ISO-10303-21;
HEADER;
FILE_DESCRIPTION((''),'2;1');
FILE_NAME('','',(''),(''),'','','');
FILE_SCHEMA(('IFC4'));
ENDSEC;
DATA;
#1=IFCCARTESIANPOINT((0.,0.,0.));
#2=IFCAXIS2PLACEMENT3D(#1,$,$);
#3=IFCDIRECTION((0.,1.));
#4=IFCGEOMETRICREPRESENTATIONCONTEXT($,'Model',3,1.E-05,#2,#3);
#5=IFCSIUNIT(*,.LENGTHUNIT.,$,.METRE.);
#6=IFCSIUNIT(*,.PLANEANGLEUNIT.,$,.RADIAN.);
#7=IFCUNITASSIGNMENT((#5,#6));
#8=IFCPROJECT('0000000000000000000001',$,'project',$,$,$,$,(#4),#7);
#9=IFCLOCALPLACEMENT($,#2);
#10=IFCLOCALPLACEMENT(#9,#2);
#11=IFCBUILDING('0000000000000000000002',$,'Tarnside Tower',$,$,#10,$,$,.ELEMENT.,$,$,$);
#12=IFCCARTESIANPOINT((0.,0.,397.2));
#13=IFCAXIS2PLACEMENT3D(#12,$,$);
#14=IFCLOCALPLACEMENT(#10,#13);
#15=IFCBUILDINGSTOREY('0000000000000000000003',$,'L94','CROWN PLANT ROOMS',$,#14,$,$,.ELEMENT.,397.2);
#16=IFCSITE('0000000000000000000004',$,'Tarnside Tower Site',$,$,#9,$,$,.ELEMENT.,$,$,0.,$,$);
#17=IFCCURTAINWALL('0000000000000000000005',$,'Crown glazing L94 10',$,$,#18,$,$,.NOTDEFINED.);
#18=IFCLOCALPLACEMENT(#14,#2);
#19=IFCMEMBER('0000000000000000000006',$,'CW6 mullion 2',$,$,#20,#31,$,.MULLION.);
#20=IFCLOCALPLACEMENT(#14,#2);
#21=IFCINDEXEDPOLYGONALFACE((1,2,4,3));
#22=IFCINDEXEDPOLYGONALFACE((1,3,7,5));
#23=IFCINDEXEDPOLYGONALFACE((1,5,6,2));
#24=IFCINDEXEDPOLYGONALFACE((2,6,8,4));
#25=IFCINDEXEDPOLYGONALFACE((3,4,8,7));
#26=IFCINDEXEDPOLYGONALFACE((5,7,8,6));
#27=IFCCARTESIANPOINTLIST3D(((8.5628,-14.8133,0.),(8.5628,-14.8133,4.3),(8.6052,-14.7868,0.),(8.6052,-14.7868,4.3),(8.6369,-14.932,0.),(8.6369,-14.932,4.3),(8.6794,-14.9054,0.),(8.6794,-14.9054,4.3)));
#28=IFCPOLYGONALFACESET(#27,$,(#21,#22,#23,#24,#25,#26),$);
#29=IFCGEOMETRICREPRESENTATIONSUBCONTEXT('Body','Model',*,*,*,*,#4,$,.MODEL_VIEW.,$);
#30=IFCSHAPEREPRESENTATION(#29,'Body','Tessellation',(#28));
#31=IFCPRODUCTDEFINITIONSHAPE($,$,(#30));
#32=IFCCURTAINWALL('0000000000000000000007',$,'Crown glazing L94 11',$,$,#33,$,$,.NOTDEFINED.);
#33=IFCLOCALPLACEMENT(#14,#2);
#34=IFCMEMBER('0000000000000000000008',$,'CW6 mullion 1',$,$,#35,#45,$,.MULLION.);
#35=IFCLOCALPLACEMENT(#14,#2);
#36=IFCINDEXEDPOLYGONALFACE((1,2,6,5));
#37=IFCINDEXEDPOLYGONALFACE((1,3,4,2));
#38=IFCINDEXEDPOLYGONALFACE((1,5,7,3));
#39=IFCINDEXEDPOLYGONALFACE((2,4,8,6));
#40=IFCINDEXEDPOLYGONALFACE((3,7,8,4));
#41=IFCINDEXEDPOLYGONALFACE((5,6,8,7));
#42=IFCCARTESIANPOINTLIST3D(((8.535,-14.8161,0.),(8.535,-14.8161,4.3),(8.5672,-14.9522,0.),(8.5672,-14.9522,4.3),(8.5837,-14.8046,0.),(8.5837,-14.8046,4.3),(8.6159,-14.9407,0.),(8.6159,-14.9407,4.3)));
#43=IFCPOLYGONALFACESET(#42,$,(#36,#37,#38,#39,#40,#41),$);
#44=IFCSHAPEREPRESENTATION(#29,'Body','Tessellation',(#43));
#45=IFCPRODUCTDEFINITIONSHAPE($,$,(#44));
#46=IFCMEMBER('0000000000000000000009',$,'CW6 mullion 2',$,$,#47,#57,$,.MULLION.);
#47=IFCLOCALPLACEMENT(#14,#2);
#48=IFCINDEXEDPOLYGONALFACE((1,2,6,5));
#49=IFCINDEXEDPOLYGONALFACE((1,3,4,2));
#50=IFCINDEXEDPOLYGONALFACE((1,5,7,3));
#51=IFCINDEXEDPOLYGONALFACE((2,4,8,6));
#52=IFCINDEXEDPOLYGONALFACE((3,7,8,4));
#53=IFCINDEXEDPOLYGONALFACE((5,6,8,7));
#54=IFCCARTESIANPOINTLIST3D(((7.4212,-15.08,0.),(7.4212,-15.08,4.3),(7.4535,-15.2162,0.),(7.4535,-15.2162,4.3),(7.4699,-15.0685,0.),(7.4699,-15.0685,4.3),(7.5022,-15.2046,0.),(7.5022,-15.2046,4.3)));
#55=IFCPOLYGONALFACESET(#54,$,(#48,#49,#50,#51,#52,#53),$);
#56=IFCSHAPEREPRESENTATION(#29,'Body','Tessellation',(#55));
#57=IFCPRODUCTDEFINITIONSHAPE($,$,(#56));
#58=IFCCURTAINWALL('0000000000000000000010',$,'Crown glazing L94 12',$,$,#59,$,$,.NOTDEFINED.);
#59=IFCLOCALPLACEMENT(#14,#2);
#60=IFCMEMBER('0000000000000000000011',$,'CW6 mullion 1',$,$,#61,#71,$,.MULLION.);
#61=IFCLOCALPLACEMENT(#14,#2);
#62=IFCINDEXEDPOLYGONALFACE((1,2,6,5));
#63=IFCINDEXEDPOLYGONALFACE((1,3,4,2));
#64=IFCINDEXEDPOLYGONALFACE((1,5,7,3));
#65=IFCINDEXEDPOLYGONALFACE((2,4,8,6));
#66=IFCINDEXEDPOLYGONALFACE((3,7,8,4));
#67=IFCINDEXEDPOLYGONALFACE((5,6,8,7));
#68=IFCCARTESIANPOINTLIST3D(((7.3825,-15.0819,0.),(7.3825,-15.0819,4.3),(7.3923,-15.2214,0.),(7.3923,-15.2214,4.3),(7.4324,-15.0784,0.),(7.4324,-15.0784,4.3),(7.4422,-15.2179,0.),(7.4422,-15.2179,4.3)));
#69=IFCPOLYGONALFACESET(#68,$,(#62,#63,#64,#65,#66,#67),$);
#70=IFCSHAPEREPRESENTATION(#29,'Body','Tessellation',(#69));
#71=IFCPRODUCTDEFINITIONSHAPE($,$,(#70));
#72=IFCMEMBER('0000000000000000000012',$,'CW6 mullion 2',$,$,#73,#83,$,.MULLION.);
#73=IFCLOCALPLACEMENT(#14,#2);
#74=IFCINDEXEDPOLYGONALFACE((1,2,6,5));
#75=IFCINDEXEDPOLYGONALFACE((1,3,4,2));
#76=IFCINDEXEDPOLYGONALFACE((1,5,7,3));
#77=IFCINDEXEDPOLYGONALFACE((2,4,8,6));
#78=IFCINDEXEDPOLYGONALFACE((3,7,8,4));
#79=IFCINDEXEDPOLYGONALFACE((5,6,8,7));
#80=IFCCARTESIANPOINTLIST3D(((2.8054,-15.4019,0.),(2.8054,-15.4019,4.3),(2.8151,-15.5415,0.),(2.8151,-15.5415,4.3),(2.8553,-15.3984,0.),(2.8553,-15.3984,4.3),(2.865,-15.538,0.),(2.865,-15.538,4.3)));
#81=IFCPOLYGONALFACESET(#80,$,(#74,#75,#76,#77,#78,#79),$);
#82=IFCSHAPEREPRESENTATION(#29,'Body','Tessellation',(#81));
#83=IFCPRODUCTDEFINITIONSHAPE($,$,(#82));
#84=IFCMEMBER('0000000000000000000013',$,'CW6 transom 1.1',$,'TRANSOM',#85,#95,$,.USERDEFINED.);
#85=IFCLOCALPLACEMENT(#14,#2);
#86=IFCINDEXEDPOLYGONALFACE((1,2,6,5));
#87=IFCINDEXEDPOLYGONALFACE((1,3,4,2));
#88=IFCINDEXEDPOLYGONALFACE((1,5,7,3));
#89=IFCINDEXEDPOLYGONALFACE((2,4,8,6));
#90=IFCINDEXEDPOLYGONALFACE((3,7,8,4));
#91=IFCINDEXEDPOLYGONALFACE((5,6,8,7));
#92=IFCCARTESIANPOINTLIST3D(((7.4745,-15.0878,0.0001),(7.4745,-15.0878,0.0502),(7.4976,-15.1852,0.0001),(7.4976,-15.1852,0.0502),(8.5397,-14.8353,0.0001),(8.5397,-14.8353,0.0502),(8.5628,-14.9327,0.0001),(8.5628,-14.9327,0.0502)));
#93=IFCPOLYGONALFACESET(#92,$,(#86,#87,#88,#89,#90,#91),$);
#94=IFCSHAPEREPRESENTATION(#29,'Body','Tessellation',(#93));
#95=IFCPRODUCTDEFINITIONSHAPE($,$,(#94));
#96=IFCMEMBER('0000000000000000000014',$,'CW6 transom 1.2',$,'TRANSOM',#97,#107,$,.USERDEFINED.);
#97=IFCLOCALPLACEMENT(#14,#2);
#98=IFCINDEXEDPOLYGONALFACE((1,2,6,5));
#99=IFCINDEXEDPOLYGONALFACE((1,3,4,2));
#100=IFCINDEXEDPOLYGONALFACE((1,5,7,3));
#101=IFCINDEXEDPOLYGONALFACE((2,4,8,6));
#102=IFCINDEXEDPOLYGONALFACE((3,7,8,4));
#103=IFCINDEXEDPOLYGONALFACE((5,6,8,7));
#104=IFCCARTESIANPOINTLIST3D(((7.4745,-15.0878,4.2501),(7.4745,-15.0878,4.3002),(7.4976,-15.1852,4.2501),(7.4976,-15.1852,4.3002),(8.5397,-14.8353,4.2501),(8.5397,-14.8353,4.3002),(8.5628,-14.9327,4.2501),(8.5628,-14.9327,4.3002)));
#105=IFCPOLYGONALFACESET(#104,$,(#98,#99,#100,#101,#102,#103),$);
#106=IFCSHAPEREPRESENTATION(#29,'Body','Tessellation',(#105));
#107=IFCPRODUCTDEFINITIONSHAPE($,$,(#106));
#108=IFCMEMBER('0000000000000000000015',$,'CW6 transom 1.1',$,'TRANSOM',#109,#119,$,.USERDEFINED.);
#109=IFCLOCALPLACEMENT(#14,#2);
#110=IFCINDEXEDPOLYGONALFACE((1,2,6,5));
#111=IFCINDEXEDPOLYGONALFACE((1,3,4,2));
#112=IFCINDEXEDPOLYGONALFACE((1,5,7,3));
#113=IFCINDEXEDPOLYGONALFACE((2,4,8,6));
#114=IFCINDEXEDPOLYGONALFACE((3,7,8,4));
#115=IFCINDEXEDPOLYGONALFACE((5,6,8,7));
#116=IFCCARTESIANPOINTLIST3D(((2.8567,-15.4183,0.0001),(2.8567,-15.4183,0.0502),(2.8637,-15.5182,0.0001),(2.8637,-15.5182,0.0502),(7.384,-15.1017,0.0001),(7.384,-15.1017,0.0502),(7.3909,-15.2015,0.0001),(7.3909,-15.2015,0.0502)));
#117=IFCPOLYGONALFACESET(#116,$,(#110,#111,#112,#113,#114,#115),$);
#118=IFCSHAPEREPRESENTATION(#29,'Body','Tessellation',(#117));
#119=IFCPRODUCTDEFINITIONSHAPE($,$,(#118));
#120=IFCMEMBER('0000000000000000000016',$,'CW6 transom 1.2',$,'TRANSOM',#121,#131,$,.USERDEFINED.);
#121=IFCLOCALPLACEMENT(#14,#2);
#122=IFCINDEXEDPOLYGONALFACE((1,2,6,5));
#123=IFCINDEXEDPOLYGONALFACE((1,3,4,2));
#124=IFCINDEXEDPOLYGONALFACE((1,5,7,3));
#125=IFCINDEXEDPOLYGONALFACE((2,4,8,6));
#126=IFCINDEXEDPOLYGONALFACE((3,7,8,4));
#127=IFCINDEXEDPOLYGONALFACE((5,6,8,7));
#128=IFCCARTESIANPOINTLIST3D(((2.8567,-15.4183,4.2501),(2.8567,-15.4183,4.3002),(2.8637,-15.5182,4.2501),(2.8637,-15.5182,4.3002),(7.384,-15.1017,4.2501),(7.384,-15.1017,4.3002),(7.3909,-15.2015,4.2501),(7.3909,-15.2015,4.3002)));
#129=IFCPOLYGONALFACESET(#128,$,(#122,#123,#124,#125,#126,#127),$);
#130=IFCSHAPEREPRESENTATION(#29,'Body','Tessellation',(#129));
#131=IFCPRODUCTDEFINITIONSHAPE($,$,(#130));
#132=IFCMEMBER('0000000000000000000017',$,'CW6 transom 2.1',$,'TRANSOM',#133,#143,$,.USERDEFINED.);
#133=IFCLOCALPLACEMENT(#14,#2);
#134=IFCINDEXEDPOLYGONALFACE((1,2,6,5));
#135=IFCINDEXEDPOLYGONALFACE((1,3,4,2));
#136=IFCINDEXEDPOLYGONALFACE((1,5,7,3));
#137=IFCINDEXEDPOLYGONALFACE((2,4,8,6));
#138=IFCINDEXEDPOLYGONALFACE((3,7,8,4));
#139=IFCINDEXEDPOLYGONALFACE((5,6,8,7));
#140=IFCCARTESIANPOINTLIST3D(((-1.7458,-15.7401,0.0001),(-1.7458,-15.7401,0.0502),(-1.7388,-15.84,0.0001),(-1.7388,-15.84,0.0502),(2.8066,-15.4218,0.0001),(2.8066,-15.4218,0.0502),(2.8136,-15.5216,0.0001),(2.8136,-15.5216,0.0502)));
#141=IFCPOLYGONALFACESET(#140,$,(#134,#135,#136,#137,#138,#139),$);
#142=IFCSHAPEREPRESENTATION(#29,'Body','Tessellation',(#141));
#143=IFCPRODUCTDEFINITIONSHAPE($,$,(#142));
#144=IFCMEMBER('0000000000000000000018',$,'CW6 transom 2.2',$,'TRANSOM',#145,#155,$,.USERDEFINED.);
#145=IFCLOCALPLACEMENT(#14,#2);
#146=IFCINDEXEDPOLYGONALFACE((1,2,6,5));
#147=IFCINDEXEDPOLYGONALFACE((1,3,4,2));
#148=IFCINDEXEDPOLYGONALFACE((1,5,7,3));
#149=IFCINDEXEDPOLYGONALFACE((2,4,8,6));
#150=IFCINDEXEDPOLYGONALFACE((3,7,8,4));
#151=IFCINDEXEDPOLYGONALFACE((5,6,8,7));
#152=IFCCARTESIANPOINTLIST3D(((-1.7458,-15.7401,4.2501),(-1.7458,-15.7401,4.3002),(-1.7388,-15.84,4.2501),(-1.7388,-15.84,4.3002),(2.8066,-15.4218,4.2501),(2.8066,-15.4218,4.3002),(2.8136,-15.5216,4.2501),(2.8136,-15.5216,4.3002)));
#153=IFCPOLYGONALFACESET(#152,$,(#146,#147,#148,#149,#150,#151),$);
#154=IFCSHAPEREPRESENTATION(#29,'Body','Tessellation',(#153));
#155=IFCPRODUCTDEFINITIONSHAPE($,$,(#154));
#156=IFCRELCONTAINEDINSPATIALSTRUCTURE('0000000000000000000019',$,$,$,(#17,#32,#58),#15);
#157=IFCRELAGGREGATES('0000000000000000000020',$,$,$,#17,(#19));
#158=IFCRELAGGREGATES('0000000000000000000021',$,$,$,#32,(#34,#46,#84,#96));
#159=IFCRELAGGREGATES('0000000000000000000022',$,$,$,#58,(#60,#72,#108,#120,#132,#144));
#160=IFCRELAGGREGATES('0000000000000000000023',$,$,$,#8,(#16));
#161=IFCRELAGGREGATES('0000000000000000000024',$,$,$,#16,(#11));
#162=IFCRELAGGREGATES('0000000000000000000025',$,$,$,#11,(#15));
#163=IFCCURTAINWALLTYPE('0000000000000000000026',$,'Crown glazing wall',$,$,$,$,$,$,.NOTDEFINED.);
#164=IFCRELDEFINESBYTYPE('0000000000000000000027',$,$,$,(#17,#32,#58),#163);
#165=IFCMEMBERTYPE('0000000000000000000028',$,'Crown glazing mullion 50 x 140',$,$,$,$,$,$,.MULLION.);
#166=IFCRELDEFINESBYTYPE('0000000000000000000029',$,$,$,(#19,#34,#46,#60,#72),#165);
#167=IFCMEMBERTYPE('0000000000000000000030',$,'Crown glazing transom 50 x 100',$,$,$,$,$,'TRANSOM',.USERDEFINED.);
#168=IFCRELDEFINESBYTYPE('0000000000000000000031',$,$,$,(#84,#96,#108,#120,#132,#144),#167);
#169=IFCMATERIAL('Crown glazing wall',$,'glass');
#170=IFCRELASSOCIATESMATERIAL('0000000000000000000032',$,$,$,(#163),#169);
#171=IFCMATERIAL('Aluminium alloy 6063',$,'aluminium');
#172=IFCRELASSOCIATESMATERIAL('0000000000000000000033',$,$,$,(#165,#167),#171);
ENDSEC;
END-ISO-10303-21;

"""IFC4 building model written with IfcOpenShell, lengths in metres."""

from ifc_helpers import new_model, si_unit, direction, frame, origin, origin_2d, place, context, subcontext, project, spatial, rectangle, extrude, material, material_profile, profile_set, type_object, element, aggregate, save


model = new_model("IFC4")

# Units and contexts
model_context = context("Model", 3, precision=1e-05, world=origin(), true_north=direction((0.0, 1.0)))
body_context = subcontext(model_context, "Body", "Model", "MODEL_VIEW")
ifc_project = project(units=[si_unit("LENGTHUNIT", "METRE"), si_unit("PLANEANGLEUNIT", "RADIAN")], contexts=[model_context])

# Site, building, storey
site_placement = place(None, origin())
site = spatial("IfcSite", under=ifc_project, at=site_placement, Name="Tarnside Tower Site", CompositionType="ELEMENT", RefElevation=0.0)
building_placement = place(site_placement, origin())
building = spatial("IfcBuilding", under=site, at=building_placement, Name="Tarnside Tower", CompositionType="ELEMENT")
storey_placement = place(building_placement, frame((0.0, 0.0, 397.2)))
storey = spatial("IfcBuildingStorey", under=building, at=storey_placement, Name="L94", Description="CROWN PLANT ROOMS", CompositionType="ELEMENT", Elevation=397.2)

# Curtain wall, member
ifc_material_1 = material(Name="Crown glazing wall", Category="glass")
curtain_wall_type = type_object("IfcCurtainWallType", Name="Crown glazing wall", PredefinedType="NOTDEFINED", material=ifc_material_1)
curtain_wall_1_placement = place(storey_placement, origin())
curtain_wall_1 = element("IfcCurtainWall", 1, at=curtain_wall_1_placement, inside=storey, type_object=curtain_wall_type, Name="Crown glazing L94 10", PredefinedType="NOTDEFINED")
ifc_material_2 = material(Name="Aluminium alloy 6063", Category="aluminium")
ifc_material_profile_1 = material_profile(ifc_material_2, rectangle(XDim=0.1399, YDim=0.05, at=origin_2d()), Name="Crown glazing mullion 50 x 140")
ifc_profile_set_1 = profile_set([ifc_material_profile_1], Name="Aluminium alloy 6063")
member_type_1 = type_object("IfcMemberType", Name="Crown glazing mullion 50 x 140", PredefinedType="MULLION", material=ifc_profile_set_1)
member_1_placement = place(storey_placement, frame((8.6211, -14.8594, 0.0), z_axis=(0.0, 0.0, 1.0), x_axis=(0.529919, -0.848048, 0.0)))
member_1 = element("IfcMember", 2, at=member_1_placement, type_object=member_type_1, Name="CW6 mullion 2", PredefinedType="MULLION", context=body_context, shape_type="SweptSolid", body=[
    extrude(rectangle(XDim=0.1399, YDim=0.05, at=origin_2d()), origin(), (0.0, 0.0, 1.0), 4.3),
])

# Curtain walls, members
curtain_wall_2_placement = place(storey_placement, origin())
curtain_wall_2 = element("IfcCurtainWall", 3, at=curtain_wall_2_placement, inside=storey, type_object=curtain_wall_type, Name="Crown glazing L94 11", PredefinedType="NOTDEFINED")
member_2_placement = place(storey_placement, frame((8.5754, -14.8784, 0.0), z_axis=(0.0, 0.0, 1.0), x_axis=(0.230616, -0.973045, 0.0)))
member_2 = element("IfcMember", 4, at=member_2_placement, type_object=member_type_1, Name="CW6 mullion 1", PredefinedType="MULLION", context=body_context, shape_type="SweptSolid", body=[
    extrude(rectangle(XDim=0.1399, YDim=0.05, at=origin_2d()), origin(), (0.0, 0.0, 1.0), 4.3),
])
member_3_placement = place(storey_placement, frame((7.4617, -15.1423, 0.0), z_axis=(0.0, 0.0, 1.0), x_axis=(0.230616, -0.973045, 0.0)))
member_3 = element("IfcMember", 5, at=member_3_placement, type_object=member_type_1, Name="CW6 mullion 2", PredefinedType="MULLION", context=body_context, shape_type="SweptSolid", body=[
    extrude(rectangle(XDim=0.1399, YDim=0.05, at=origin_2d()), origin(), (0.0, 0.0, 1.0), 4.3),
])
curtain_wall_3_placement = place(storey_placement, origin())
curtain_wall_3 = element("IfcCurtainWall", 6, at=curtain_wall_3_placement, inside=storey, type_object=curtain_wall_type, Name="Crown glazing L94 12", PredefinedType="NOTDEFINED")
member_4_placement = place(storey_placement, frame((7.4124, -15.1499, 0.0), z_axis=(0.0, 0.0, 1.0), x_axis=(0.069756, -0.997564, 0.0)))
member_4 = element("IfcMember", 7, at=member_4_placement, type_object=member_type_1, Name="CW6 mullion 1", PredefinedType="MULLION", context=body_context, shape_type="SweptSolid", body=[
    extrude(rectangle(XDim=0.1399, YDim=0.05, at=origin_2d()), origin(), (0.0, 0.0, 1.0), 4.3),
])
member_5_placement = place(storey_placement, frame((2.8352, -15.47, 0.0), z_axis=(0.0, 0.0, 1.0), x_axis=(0.069756, -0.997564, 0.0)))
member_5 = element("IfcMember", 8, at=member_5_placement, type_object=member_type_1, Name="CW6 mullion 2", PredefinedType="MULLION", context=body_context, shape_type="SweptSolid", body=[
    extrude(rectangle(XDim=0.1399, YDim=0.05, at=origin_2d()), origin(), (0.0, 0.0, 1.0), 4.3),
])

# Members
ifc_material_profile_2 = material_profile(ifc_material_2, rectangle(XDim=0.1001, YDim=0.05, at=origin_2d()), Name="Crown glazing transom 50 x 100")
ifc_profile_set_2 = profile_set([ifc_material_profile_2], Name="Aluminium alloy 6063")
member_type_2 = type_object("IfcMemberType", Name="Crown glazing transom 50 x 100", ElementType="TRANSOM", PredefinedType="USERDEFINED", material=ifc_profile_set_2)
member_6_placement = place(storey_placement, frame((8.5513, -14.884, 0.0251), z_axis=(-0.973047, -0.230605, 0.0), x_axis=(0.230605, -0.973047, 0.0)))
member_6 = element("IfcMember", 9, at=member_6_placement, type_object=member_type_2, Name="CW6 transom 1.1", ObjectType="TRANSOM", PredefinedType="USERDEFINED", context=body_context, shape_type="SweptSolid", body=[
    extrude(rectangle(XDim=0.1001, YDim=0.05, at=origin_2d()), origin(), (0.0, 0.0, 1.0), 1.0947),
])
member_7_placement = place(storey_placement, frame((8.5513, -14.884, 4.2751), z_axis=(-0.973047, -0.230605, 0.0), x_axis=(0.230605, -0.973047, 0.0)))
member_7 = element("IfcMember", 10, at=member_7_placement, type_object=member_type_2, Name="CW6 transom 1.2", ObjectType="TRANSOM", PredefinedType="USERDEFINED", context=body_context, shape_type="SweptSolid", body=[
    extrude(rectangle(XDim=0.1001, YDim=0.05, at=origin_2d()), origin(), (0.0, 0.0, 1.0), 1.0947),
])
member_8_placement = place(storey_placement, frame((7.3875, -15.1516, 0.0251), z_axis=(-0.997563, -0.069771, 0.0), x_axis=(0.069771, -0.997563, 0.0)))
member_8 = element("IfcMember", 11, at=member_8_placement, type_object=member_type_2, Name="CW6 transom 1.1", ObjectType="TRANSOM", PredefinedType="USERDEFINED", context=body_context, shape_type="SweptSolid", body=[
    extrude(rectangle(XDim=0.1001, YDim=0.05, at=origin_2d()), origin(), (0.0, 0.0, 1.0), 4.5383),
])
member_9_placement = place(storey_placement, frame((7.3875, -15.1516, 4.2751), z_axis=(-0.997563, -0.069771, 0.0), x_axis=(0.069771, -0.997563, 0.0)))
member_9 = element("IfcMember", 12, at=member_9_placement, type_object=member_type_2, Name="CW6 transom 1.2", ObjectType="TRANSOM", PredefinedType="USERDEFINED", context=body_context, shape_type="SweptSolid", body=[
    extrude(rectangle(XDim=0.1001, YDim=0.05, at=origin_2d()), origin(), (0.0, 0.0, 1.0), 4.5383),
])
member_10_placement = place(storey_placement, frame((2.8101, -15.4717, 0.0251), z_axis=(-0.997564, -0.069764, 0.0), x_axis=(0.069764, -0.997564, 0.0)))
member_10 = element("IfcMember", 13, at=member_10_placement, type_object=member_type_2, Name="CW6 transom 2.1", ObjectType="TRANSOM", PredefinedType="USERDEFINED", context=body_context, shape_type="SweptSolid", body=[
    extrude(rectangle(XDim=0.1001, YDim=0.05, at=origin_2d()), origin(), (0.0, 0.0, 1.0), 4.5635),
])
member_11_placement = place(storey_placement, frame((2.8101, -15.4717, 4.2751), z_axis=(-0.997564, -0.069764, 0.0), x_axis=(0.069764, -0.997564, 0.0)))
member_11 = element("IfcMember", 14, at=member_11_placement, type_object=member_type_2, Name="CW6 transom 2.2", ObjectType="TRANSOM", PredefinedType="USERDEFINED", context=body_context, shape_type="SweptSolid", body=[
    extrude(rectangle(XDim=0.1001, YDim=0.05, at=origin_2d()), origin(), (0.0, 0.0, 1.0), 4.5635),
])

aggregate(curtain_wall_1, [member_1])
aggregate(curtain_wall_2, [member_2, member_3, member_6, member_7])
aggregate(curtain_wall_3, [member_4, member_5, member_8, member_9, member_10, member_11])

save(model, "model.ifc")
